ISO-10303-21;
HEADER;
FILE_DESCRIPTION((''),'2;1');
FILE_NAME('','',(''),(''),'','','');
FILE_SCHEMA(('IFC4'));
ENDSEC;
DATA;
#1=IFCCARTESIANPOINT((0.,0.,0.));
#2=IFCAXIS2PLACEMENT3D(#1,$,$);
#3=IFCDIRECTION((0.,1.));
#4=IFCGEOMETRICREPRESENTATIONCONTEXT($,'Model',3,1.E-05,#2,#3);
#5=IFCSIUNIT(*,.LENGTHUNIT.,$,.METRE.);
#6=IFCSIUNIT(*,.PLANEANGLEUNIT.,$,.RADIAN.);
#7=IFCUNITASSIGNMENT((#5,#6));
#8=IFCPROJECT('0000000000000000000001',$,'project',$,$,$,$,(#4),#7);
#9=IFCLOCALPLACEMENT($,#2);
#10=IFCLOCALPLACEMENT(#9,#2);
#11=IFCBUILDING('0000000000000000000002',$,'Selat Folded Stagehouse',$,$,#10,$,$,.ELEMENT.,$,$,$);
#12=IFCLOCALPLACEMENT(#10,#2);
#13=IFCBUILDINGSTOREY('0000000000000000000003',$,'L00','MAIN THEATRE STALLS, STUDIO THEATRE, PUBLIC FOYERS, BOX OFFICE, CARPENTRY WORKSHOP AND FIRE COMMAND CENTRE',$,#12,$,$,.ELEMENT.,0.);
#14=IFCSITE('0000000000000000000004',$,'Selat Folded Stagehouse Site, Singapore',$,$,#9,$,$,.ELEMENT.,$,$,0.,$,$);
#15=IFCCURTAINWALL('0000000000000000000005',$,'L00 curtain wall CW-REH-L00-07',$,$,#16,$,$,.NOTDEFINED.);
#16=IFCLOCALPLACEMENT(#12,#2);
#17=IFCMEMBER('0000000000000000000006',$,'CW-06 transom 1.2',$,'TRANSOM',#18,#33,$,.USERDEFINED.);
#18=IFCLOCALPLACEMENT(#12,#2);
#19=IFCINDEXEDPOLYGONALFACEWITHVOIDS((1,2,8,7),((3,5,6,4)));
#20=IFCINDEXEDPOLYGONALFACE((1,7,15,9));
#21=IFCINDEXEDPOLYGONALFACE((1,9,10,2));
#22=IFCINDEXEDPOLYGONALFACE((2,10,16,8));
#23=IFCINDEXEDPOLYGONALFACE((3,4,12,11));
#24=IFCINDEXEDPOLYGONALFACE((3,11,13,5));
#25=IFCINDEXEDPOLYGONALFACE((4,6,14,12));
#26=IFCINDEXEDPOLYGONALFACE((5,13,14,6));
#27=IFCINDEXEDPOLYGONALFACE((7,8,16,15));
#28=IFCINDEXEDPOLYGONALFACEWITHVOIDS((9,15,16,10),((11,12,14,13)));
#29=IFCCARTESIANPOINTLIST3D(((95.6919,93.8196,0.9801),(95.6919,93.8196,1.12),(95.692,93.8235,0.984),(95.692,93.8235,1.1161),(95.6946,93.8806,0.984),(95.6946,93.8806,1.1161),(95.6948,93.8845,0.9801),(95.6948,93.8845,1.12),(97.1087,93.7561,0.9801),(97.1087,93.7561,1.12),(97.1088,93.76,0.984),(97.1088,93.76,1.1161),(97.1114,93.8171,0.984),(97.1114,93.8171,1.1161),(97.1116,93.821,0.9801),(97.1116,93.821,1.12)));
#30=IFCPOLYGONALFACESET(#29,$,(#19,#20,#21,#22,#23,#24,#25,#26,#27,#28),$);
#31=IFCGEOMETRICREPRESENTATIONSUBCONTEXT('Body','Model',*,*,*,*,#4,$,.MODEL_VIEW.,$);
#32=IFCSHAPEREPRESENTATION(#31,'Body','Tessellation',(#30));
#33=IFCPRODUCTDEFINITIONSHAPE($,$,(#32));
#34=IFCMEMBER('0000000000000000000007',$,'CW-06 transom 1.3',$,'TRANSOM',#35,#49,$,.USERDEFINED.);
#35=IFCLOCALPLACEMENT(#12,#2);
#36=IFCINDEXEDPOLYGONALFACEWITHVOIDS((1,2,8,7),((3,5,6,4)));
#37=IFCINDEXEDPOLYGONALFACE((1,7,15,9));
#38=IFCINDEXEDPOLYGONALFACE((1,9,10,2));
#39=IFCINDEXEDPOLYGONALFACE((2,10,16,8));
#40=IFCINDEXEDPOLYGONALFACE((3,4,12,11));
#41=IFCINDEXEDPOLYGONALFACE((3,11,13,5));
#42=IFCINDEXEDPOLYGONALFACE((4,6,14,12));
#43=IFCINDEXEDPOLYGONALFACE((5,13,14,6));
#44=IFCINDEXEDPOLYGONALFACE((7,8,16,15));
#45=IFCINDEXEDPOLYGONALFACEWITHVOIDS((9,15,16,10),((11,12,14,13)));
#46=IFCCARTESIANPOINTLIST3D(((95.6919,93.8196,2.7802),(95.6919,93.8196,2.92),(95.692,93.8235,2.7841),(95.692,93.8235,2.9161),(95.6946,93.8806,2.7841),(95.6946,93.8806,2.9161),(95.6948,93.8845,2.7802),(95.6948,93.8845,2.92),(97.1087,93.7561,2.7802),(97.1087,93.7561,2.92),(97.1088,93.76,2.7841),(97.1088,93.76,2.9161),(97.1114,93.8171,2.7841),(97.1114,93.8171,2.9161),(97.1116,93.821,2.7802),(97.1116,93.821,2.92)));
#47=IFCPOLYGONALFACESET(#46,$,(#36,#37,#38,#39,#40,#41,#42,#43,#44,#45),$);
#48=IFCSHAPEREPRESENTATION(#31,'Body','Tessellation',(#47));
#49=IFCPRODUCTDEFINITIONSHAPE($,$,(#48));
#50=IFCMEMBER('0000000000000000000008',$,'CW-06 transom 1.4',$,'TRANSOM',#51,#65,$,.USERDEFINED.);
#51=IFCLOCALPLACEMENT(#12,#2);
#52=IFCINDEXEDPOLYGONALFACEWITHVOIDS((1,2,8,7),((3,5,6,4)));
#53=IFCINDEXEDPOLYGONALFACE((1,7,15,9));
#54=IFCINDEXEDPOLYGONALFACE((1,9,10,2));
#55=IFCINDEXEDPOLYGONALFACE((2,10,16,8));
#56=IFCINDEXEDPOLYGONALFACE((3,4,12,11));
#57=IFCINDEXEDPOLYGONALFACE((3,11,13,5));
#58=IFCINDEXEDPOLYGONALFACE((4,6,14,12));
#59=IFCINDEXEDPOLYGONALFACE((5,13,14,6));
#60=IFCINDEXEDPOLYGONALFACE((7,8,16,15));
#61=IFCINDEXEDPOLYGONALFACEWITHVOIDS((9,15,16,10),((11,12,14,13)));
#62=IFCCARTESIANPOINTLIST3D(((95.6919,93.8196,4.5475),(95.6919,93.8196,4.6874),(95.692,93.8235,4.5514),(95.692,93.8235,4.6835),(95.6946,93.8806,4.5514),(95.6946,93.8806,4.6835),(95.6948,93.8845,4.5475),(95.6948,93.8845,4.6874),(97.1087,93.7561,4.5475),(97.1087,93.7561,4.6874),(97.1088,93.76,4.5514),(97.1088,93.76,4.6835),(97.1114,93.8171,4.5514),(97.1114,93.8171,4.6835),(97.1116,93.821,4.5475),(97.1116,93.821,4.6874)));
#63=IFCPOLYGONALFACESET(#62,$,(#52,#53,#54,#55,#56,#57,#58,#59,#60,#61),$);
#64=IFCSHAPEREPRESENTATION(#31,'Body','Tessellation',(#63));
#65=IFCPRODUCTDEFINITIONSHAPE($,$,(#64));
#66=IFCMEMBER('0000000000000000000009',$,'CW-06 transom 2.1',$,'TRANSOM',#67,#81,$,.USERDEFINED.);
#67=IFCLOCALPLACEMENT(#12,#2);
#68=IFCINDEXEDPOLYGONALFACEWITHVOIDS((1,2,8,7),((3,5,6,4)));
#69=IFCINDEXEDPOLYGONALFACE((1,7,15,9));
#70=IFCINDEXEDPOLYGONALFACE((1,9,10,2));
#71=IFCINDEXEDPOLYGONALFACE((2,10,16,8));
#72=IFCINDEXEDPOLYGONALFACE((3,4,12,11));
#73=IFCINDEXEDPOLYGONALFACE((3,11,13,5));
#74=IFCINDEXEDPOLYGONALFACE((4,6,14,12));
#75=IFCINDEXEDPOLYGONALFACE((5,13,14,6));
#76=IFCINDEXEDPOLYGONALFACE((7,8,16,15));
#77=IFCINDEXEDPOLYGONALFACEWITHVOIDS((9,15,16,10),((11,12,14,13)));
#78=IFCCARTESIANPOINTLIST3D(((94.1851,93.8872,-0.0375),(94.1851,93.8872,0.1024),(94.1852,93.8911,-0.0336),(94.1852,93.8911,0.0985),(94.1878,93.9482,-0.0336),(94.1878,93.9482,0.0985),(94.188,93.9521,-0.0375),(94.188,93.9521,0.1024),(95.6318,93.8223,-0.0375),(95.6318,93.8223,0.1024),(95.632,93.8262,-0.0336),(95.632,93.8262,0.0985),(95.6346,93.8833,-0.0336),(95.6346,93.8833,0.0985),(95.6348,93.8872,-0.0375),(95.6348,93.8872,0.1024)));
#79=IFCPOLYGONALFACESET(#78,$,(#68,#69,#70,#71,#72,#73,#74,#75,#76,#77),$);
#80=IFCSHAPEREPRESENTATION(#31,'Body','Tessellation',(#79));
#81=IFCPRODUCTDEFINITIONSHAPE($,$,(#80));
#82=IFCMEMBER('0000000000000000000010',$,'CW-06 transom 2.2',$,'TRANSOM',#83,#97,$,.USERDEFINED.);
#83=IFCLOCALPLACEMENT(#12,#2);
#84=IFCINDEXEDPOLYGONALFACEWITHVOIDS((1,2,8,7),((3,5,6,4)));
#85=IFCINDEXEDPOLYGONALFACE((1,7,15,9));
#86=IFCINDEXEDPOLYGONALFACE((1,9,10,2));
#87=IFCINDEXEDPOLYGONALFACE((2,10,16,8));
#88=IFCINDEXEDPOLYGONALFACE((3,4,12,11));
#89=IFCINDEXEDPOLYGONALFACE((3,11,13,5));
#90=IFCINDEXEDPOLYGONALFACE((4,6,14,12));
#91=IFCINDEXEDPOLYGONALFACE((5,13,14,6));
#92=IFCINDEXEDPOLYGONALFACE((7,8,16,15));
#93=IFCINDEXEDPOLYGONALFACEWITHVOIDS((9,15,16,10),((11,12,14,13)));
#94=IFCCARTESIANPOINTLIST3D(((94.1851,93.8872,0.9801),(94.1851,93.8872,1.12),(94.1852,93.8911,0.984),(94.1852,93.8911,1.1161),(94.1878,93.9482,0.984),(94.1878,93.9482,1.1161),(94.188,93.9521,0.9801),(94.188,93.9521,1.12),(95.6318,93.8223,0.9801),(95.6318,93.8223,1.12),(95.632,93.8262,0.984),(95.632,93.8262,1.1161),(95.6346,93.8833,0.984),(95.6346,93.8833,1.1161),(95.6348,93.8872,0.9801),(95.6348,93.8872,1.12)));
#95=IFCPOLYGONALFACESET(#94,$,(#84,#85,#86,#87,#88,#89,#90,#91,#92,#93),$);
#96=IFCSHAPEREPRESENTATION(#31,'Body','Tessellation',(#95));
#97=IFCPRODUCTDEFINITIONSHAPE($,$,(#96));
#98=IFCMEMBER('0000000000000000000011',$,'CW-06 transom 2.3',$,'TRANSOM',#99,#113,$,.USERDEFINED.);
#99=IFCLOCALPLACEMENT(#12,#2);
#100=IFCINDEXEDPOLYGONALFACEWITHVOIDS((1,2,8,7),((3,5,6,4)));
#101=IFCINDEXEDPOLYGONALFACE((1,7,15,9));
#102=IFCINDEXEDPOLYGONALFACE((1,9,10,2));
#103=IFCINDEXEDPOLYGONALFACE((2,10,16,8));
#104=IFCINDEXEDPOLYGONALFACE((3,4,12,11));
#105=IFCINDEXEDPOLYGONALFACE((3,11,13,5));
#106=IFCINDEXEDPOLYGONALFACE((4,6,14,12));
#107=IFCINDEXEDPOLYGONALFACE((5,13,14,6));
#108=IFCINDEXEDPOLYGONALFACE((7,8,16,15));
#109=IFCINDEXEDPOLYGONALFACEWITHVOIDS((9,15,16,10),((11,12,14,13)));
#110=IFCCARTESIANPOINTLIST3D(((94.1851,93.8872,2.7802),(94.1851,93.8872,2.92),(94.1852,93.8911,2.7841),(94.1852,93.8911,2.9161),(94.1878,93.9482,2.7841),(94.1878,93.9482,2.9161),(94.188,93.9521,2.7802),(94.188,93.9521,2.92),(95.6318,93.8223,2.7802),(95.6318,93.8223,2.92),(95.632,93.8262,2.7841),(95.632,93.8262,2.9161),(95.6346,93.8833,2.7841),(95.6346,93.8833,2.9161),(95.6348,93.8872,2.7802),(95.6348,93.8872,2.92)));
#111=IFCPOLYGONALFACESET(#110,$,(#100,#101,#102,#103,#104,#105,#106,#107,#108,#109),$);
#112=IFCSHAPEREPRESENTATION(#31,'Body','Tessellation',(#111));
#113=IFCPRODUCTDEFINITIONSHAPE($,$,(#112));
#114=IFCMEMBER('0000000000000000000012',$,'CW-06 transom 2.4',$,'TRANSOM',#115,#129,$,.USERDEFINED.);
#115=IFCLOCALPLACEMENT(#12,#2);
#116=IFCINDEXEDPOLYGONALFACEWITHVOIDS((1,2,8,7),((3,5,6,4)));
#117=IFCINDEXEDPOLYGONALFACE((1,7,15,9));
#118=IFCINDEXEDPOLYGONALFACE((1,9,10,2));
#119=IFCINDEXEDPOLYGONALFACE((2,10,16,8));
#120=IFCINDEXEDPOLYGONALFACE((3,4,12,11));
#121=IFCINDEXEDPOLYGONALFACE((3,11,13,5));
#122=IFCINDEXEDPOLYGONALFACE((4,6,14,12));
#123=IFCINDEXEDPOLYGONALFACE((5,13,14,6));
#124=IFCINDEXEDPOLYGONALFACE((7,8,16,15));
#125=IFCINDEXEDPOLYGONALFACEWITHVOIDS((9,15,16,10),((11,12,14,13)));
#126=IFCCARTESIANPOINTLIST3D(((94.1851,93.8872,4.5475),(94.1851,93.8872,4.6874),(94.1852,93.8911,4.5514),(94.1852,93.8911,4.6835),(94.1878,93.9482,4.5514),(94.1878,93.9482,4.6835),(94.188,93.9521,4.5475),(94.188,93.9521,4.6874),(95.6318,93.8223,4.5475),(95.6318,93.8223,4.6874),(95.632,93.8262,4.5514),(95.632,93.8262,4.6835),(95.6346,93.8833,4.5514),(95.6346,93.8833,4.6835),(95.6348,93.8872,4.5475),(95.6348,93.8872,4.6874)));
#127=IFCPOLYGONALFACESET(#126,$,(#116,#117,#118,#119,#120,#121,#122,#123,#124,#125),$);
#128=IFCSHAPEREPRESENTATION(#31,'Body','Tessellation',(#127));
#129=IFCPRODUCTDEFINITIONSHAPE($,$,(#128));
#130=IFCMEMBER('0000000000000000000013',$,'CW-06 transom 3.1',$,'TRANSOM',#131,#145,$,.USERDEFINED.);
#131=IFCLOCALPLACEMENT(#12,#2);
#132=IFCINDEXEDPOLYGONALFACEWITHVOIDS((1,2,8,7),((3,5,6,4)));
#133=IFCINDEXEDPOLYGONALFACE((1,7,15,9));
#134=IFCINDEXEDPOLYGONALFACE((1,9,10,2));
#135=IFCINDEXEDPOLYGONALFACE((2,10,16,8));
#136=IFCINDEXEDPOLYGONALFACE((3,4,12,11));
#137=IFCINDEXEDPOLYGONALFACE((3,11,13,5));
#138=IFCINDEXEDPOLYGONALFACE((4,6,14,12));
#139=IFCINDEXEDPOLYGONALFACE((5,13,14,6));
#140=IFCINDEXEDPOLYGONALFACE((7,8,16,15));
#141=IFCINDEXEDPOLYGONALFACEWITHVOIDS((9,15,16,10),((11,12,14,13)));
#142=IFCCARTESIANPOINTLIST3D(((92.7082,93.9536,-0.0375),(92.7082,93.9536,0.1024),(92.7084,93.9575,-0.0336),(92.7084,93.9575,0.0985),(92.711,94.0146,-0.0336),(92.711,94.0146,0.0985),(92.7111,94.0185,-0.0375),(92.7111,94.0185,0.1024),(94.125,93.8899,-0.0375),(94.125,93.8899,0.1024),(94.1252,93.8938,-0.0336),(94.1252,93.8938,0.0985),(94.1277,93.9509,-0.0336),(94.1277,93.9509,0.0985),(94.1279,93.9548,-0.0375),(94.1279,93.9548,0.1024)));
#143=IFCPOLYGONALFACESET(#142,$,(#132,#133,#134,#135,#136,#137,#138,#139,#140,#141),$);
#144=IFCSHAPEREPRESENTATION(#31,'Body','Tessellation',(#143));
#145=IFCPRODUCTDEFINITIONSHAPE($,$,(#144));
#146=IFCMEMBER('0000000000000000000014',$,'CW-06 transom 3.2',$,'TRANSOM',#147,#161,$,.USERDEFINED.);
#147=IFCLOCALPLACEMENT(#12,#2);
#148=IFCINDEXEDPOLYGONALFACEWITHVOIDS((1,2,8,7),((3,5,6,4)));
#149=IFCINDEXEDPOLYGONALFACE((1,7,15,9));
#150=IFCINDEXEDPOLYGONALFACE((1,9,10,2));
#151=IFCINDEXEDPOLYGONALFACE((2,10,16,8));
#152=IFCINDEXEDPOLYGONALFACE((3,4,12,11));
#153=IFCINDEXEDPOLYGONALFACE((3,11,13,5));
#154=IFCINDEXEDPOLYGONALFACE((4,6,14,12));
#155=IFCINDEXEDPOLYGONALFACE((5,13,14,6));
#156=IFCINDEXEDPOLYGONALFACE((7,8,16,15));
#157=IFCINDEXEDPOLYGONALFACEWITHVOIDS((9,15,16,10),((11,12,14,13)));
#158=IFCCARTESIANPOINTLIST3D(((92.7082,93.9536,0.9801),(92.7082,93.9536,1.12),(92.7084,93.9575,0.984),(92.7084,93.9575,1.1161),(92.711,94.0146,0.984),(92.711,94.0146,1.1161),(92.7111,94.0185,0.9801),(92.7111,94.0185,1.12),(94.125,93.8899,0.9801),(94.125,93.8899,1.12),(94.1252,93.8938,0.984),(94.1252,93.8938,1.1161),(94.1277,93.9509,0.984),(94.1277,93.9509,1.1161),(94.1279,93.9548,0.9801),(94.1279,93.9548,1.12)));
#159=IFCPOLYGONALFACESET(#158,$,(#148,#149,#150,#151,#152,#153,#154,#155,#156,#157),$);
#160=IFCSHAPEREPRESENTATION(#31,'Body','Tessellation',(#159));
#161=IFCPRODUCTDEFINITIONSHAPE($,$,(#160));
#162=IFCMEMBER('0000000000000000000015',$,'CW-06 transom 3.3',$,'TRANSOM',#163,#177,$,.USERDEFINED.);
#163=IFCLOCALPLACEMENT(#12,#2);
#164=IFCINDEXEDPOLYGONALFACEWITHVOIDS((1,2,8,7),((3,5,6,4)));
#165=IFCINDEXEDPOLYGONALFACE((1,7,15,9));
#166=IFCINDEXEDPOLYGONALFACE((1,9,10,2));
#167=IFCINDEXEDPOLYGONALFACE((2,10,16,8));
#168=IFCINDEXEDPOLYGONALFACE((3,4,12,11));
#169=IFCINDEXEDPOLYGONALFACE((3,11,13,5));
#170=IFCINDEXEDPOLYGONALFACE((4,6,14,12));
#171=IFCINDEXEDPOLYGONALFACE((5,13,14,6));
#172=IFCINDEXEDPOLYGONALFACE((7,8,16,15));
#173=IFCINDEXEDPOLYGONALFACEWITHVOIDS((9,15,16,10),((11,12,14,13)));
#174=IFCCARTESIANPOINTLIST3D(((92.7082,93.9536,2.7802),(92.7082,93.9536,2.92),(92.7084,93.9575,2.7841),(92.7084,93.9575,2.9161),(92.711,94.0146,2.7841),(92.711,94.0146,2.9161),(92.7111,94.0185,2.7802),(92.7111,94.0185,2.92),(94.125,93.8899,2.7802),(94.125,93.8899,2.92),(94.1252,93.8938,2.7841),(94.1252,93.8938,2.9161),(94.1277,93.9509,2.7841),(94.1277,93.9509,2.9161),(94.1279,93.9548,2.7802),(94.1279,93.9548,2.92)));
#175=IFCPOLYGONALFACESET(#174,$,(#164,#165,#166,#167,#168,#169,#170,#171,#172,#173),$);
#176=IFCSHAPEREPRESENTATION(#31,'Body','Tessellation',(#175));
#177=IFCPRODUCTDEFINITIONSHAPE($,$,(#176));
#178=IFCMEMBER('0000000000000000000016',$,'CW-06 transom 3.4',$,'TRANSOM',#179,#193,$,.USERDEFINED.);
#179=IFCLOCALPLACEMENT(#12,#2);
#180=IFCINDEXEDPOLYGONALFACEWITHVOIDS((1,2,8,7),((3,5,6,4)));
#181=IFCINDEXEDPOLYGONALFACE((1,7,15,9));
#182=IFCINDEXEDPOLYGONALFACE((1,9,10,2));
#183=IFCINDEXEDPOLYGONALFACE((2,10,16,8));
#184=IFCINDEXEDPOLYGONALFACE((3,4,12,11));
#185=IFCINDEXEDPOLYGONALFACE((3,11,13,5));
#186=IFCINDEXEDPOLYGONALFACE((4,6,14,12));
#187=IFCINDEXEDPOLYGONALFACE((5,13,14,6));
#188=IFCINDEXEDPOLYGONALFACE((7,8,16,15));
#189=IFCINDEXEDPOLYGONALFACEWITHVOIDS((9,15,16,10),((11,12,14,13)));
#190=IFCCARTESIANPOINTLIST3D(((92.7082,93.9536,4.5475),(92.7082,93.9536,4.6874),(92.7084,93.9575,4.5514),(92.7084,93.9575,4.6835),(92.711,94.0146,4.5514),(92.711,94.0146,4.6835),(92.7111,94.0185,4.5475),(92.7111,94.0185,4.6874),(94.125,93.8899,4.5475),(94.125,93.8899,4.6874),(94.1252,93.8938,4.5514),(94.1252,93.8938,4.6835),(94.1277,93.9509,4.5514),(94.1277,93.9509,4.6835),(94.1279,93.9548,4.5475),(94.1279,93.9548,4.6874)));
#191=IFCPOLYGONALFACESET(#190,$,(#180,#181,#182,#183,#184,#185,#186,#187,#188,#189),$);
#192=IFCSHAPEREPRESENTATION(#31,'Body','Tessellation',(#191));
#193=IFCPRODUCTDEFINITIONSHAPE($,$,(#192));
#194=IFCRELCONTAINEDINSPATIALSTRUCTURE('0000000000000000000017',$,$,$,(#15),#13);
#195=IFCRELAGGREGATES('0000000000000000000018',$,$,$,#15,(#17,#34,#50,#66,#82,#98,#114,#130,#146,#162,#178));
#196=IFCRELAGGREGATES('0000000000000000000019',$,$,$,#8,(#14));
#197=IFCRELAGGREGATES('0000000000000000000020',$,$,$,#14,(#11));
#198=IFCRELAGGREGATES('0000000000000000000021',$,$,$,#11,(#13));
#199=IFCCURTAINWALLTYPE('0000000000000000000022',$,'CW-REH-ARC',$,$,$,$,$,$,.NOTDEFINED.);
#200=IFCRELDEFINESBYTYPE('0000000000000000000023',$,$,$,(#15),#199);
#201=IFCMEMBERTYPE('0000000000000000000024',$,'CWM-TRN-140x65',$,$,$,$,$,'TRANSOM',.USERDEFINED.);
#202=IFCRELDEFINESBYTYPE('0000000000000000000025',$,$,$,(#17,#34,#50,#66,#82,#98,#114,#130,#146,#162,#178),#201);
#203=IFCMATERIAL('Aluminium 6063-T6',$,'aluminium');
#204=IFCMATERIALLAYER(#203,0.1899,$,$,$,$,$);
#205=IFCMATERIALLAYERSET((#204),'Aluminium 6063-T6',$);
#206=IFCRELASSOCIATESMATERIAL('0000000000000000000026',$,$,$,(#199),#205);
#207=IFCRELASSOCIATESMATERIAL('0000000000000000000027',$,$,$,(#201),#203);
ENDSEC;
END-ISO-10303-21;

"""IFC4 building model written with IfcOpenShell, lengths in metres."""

from ifc_helpers import new_model, si_unit, direction, frame, origin, origin_2d, place, context, subcontext, project, spatial, hollow_rectangle, extrude, material, layer, layer_set, material_profile, profile_set, type_object, element, aggregate, save


model = new_model("IFC4")

# Units and contexts
model_context = context("Model", 3, precision=1e-05, world=origin(), true_north=direction((0.0, 1.0)))
body_context = subcontext(model_context, "Body", "Model", "MODEL_VIEW")
ifc_project = project(units=[si_unit("LENGTHUNIT", "METRE"), si_unit("PLANEANGLEUNIT", "RADIAN")], contexts=[model_context])

# Site, building, storey
site_placement = place(None, origin())
site = spatial("IfcSite", under=ifc_project, at=site_placement, Name="Selat Folded Stagehouse Site, Singapore", CompositionType="ELEMENT", RefElevation=0.0)
building_placement = place(site_placement, origin())
building = spatial("IfcBuilding", under=site, at=building_placement, Name="Selat Folded Stagehouse", CompositionType="ELEMENT")
storey_placement = place(building_placement, origin())
storey = spatial("IfcBuildingStorey", under=building, at=storey_placement, Name="L00", Description="MAIN THEATRE STALLS, STUDIO THEATRE, PUBLIC FOYERS, BOX OFFICE, CARPENTRY WORKSHOP AND FIRE COMMAND CENTRE", CompositionType="ELEMENT", Elevation=0.0)

# Curtain wall, members
ifc_material_1 = material(Name="Aluminium 6063-T6", Category="aluminium")
ifc_layer_1 = layer(ifc_material_1, 0.1899)
ifc_layer_set_1 = layer_set([ifc_layer_1], Name="Aluminium 6063-T6")
curtain_wall_type = type_object("IfcCurtainWallType", Name="CW-REH-ARC", PredefinedType="NOTDEFINED", material=ifc_layer_set_1)
curtain_wall_placement = place(storey_placement, origin())
curtain_wall = element("IfcCurtainWall", 1, at=curtain_wall_placement, inside=storey, type_object=curtain_wall_type, Name="L00 curtain wall CW-REH-L00-07", PredefinedType="NOTDEFINED")
ifc_material_profile_1 = material_profile(ifc_material_1, hollow_rectangle(XDim=0.0649, YDim=0.1399, WallThickness=0.0039, at=origin_2d()), Name="ALU 140x65x4.0")
ifc_profile_set_1 = profile_set([ifc_material_profile_1], Name="Aluminium 6063-T6")
member_type_1 = type_object("IfcMemberType", Name="CWM-TRN-140x65", ElementType="TRANSOM", PredefinedType="USERDEFINED", material=ifc_profile_set_1)
member_1_placement = place(storey_placement, frame((97.1101, 93.7886, 1.05), z_axis=(-0.998998, 0.04476, 0.0), x_axis=(-0.04476, -0.998998, 0.0)))
member_1 = element("IfcMember", 2, at=member_1_placement, type_object=member_type_1, Name="CW-06 transom 1.2", ObjectType="TRANSOM", PredefinedType="USERDEFINED", context=body_context, shape_type="SweptSolid", body=[
    extrude(hollow_rectangle(XDim=0.0649, YDim=0.1399, WallThickness=0.0039, at=origin_2d()), origin(), (0.0, 0.0, 1.0), 1.4182),
])
member_2_placement = place(storey_placement, frame((97.1101, 93.7886, 2.8501), z_axis=(-0.998998, 0.04476, 0.0), x_axis=(-0.04476, -0.998998, 0.0)))
member_2 = element("IfcMember", 3, at=member_2_placement, type_object=member_type_1, Name="CW-06 transom 1.3", ObjectType="TRANSOM", PredefinedType="USERDEFINED", context=body_context, shape_type="SweptSolid", body=[
    extrude(hollow_rectangle(XDim=0.0649, YDim=0.1399, WallThickness=0.0039, at=origin_2d()), origin(), (0.0, 0.0, 1.0), 1.4182),
])
member_3_placement = place(storey_placement, frame((97.1101, 93.7886, 4.6174), z_axis=(-0.998998, 0.04476, 0.0), x_axis=(-0.04476, -0.998998, 0.0)))
member_3 = element("IfcMember", 4, at=member_3_placement, type_object=member_type_1, Name="CW-06 transom 1.4", ObjectType="TRANSOM", PredefinedType="USERDEFINED", context=body_context, shape_type="SweptSolid", body=[
    extrude(hollow_rectangle(XDim=0.0649, YDim=0.1399, WallThickness=0.0039, at=origin_2d()), origin(), (0.0, 0.0, 1.0), 1.4182),
])
member_4_placement = place(storey_placement, frame((95.6333, 93.8547, 0.0325), z_axis=(-0.998994, 0.044842, 0.0), x_axis=(-0.044842, -0.998994, 0.0)))
member_4 = element("IfcMember", 5, at=member_4_placement, type_object=member_type_1, Name="CW-06 transom 2.1", ObjectType="TRANSOM", PredefinedType="USERDEFINED", context=body_context, shape_type="SweptSolid", body=[
    extrude(hollow_rectangle(XDim=0.0649, YDim=0.1399, WallThickness=0.0039, at=origin_2d()), origin(), (0.0, 0.0, 1.0), 1.4482),
])
member_5_placement = place(storey_placement, frame((95.6333, 93.8547, 1.05), z_axis=(-0.998994, 0.044842, 0.0), x_axis=(-0.044842, -0.998994, 0.0)))
member_5 = element("IfcMember", 6, at=member_5_placement, type_object=member_type_1, Name="CW-06 transom 2.2", ObjectType="TRANSOM", PredefinedType="USERDEFINED", context=body_context, shape_type="SweptSolid", body=[
    extrude(hollow_rectangle(XDim=0.0649, YDim=0.1399, WallThickness=0.0039, at=origin_2d()), origin(), (0.0, 0.0, 1.0), 1.4482),
])
member_6_placement = place(storey_placement, frame((95.6333, 93.8547, 2.8501), z_axis=(-0.998994, 0.044842, 0.0), x_axis=(-0.044842, -0.998994, 0.0)))
member_6 = element("IfcMember", 7, at=member_6_placement, type_object=member_type_1, Name="CW-06 transom 2.3", ObjectType="TRANSOM", PredefinedType="USERDEFINED", context=body_context, shape_type="SweptSolid", body=[
    extrude(hollow_rectangle(XDim=0.0649, YDim=0.1399, WallThickness=0.0039, at=origin_2d()), origin(), (0.0, 0.0, 1.0), 1.4482),
])
member_7_placement = place(storey_placement, frame((95.6333, 93.8547, 4.6174), z_axis=(-0.998994, 0.044842, 0.0), x_axis=(-0.044842, -0.998994, 0.0)))
member_7 = element("IfcMember", 8, at=member_7_placement, type_object=member_type_1, Name="CW-06 transom 2.4", ObjectType="TRANSOM", PredefinedType="USERDEFINED", context=body_context, shape_type="SweptSolid", body=[
    extrude(hollow_rectangle(XDim=0.0649, YDim=0.1399, WallThickness=0.0039, at=origin_2d()), origin(), (0.0, 0.0, 1.0), 1.4482),
])
member_8_placement = place(storey_placement, frame((94.1265, 93.9224, 0.0325), z_axis=(-0.99899, 0.044931, 0.0), x_axis=(-0.044931, -0.99899, 0.0)))
member_8 = element("IfcMember", 9, at=member_8_placement, type_object=member_type_1, Name="CW-06 transom 3.1", ObjectType="TRANSOM", PredefinedType="USERDEFINED", context=body_context, shape_type="SweptSolid", body=[
    extrude(hollow_rectangle(XDim=0.0649, YDim=0.1399, WallThickness=0.0039, at=origin_2d()), origin(), (0.0, 0.0, 1.0), 1.4182),
])
member_9_placement = place(storey_placement, frame((94.1265, 93.9224, 1.05), z_axis=(-0.99899, 0.044931, 0.0), x_axis=(-0.044931, -0.99899, 0.0)))
member_9 = element("IfcMember", 10, at=member_9_placement, type_object=member_type_1, Name="CW-06 transom 3.2", ObjectType="TRANSOM", PredefinedType="USERDEFINED", context=body_context, shape_type="SweptSolid", body=[
    extrude(hollow_rectangle(XDim=0.0649, YDim=0.1399, WallThickness=0.0039, at=origin_2d()), origin(), (0.0, 0.0, 1.0), 1.4182),
])
member_10_placement = place(storey_placement, frame((94.1265, 93.9224, 2.8501), z_axis=(-0.99899, 0.044931, 0.0), x_axis=(-0.044931, -0.99899, 0.0)))
member_10 = element("IfcMember", 11, at=member_10_placement, type_object=member_type_1, Name="CW-06 transom 3.3", ObjectType="TRANSOM", PredefinedType="USERDEFINED", context=body_context, shape_type="SweptSolid", body=[
    extrude(hollow_rectangle(XDim=0.0649, YDim=0.1399, WallThickness=0.0039, at=origin_2d()), origin(), (0.0, 0.0, 1.0), 1.4182),
])
member_11_placement = place(storey_placement, frame((94.1265, 93.9224, 4.6174), z_axis=(-0.99899, 0.044931, 0.0), x_axis=(-0.044931, -0.99899, 0.0)))
member_11 = element("IfcMember", 12, at=member_11_placement, type_object=member_type_1, Name="CW-06 transom 3.4", ObjectType="TRANSOM", PredefinedType="USERDEFINED", context=body_context, shape_type="SweptSolid", body=[
    extrude(hollow_rectangle(XDim=0.0649, YDim=0.1399, WallThickness=0.0039, at=origin_2d()), origin(), (0.0, 0.0, 1.0), 1.4182),
])

aggregate(curtain_wall, [member_1, member_2, member_3, member_4, member_5, member_6, member_7, member_8, member_9, member_10, member_11])

save(model, "model.ifc")
